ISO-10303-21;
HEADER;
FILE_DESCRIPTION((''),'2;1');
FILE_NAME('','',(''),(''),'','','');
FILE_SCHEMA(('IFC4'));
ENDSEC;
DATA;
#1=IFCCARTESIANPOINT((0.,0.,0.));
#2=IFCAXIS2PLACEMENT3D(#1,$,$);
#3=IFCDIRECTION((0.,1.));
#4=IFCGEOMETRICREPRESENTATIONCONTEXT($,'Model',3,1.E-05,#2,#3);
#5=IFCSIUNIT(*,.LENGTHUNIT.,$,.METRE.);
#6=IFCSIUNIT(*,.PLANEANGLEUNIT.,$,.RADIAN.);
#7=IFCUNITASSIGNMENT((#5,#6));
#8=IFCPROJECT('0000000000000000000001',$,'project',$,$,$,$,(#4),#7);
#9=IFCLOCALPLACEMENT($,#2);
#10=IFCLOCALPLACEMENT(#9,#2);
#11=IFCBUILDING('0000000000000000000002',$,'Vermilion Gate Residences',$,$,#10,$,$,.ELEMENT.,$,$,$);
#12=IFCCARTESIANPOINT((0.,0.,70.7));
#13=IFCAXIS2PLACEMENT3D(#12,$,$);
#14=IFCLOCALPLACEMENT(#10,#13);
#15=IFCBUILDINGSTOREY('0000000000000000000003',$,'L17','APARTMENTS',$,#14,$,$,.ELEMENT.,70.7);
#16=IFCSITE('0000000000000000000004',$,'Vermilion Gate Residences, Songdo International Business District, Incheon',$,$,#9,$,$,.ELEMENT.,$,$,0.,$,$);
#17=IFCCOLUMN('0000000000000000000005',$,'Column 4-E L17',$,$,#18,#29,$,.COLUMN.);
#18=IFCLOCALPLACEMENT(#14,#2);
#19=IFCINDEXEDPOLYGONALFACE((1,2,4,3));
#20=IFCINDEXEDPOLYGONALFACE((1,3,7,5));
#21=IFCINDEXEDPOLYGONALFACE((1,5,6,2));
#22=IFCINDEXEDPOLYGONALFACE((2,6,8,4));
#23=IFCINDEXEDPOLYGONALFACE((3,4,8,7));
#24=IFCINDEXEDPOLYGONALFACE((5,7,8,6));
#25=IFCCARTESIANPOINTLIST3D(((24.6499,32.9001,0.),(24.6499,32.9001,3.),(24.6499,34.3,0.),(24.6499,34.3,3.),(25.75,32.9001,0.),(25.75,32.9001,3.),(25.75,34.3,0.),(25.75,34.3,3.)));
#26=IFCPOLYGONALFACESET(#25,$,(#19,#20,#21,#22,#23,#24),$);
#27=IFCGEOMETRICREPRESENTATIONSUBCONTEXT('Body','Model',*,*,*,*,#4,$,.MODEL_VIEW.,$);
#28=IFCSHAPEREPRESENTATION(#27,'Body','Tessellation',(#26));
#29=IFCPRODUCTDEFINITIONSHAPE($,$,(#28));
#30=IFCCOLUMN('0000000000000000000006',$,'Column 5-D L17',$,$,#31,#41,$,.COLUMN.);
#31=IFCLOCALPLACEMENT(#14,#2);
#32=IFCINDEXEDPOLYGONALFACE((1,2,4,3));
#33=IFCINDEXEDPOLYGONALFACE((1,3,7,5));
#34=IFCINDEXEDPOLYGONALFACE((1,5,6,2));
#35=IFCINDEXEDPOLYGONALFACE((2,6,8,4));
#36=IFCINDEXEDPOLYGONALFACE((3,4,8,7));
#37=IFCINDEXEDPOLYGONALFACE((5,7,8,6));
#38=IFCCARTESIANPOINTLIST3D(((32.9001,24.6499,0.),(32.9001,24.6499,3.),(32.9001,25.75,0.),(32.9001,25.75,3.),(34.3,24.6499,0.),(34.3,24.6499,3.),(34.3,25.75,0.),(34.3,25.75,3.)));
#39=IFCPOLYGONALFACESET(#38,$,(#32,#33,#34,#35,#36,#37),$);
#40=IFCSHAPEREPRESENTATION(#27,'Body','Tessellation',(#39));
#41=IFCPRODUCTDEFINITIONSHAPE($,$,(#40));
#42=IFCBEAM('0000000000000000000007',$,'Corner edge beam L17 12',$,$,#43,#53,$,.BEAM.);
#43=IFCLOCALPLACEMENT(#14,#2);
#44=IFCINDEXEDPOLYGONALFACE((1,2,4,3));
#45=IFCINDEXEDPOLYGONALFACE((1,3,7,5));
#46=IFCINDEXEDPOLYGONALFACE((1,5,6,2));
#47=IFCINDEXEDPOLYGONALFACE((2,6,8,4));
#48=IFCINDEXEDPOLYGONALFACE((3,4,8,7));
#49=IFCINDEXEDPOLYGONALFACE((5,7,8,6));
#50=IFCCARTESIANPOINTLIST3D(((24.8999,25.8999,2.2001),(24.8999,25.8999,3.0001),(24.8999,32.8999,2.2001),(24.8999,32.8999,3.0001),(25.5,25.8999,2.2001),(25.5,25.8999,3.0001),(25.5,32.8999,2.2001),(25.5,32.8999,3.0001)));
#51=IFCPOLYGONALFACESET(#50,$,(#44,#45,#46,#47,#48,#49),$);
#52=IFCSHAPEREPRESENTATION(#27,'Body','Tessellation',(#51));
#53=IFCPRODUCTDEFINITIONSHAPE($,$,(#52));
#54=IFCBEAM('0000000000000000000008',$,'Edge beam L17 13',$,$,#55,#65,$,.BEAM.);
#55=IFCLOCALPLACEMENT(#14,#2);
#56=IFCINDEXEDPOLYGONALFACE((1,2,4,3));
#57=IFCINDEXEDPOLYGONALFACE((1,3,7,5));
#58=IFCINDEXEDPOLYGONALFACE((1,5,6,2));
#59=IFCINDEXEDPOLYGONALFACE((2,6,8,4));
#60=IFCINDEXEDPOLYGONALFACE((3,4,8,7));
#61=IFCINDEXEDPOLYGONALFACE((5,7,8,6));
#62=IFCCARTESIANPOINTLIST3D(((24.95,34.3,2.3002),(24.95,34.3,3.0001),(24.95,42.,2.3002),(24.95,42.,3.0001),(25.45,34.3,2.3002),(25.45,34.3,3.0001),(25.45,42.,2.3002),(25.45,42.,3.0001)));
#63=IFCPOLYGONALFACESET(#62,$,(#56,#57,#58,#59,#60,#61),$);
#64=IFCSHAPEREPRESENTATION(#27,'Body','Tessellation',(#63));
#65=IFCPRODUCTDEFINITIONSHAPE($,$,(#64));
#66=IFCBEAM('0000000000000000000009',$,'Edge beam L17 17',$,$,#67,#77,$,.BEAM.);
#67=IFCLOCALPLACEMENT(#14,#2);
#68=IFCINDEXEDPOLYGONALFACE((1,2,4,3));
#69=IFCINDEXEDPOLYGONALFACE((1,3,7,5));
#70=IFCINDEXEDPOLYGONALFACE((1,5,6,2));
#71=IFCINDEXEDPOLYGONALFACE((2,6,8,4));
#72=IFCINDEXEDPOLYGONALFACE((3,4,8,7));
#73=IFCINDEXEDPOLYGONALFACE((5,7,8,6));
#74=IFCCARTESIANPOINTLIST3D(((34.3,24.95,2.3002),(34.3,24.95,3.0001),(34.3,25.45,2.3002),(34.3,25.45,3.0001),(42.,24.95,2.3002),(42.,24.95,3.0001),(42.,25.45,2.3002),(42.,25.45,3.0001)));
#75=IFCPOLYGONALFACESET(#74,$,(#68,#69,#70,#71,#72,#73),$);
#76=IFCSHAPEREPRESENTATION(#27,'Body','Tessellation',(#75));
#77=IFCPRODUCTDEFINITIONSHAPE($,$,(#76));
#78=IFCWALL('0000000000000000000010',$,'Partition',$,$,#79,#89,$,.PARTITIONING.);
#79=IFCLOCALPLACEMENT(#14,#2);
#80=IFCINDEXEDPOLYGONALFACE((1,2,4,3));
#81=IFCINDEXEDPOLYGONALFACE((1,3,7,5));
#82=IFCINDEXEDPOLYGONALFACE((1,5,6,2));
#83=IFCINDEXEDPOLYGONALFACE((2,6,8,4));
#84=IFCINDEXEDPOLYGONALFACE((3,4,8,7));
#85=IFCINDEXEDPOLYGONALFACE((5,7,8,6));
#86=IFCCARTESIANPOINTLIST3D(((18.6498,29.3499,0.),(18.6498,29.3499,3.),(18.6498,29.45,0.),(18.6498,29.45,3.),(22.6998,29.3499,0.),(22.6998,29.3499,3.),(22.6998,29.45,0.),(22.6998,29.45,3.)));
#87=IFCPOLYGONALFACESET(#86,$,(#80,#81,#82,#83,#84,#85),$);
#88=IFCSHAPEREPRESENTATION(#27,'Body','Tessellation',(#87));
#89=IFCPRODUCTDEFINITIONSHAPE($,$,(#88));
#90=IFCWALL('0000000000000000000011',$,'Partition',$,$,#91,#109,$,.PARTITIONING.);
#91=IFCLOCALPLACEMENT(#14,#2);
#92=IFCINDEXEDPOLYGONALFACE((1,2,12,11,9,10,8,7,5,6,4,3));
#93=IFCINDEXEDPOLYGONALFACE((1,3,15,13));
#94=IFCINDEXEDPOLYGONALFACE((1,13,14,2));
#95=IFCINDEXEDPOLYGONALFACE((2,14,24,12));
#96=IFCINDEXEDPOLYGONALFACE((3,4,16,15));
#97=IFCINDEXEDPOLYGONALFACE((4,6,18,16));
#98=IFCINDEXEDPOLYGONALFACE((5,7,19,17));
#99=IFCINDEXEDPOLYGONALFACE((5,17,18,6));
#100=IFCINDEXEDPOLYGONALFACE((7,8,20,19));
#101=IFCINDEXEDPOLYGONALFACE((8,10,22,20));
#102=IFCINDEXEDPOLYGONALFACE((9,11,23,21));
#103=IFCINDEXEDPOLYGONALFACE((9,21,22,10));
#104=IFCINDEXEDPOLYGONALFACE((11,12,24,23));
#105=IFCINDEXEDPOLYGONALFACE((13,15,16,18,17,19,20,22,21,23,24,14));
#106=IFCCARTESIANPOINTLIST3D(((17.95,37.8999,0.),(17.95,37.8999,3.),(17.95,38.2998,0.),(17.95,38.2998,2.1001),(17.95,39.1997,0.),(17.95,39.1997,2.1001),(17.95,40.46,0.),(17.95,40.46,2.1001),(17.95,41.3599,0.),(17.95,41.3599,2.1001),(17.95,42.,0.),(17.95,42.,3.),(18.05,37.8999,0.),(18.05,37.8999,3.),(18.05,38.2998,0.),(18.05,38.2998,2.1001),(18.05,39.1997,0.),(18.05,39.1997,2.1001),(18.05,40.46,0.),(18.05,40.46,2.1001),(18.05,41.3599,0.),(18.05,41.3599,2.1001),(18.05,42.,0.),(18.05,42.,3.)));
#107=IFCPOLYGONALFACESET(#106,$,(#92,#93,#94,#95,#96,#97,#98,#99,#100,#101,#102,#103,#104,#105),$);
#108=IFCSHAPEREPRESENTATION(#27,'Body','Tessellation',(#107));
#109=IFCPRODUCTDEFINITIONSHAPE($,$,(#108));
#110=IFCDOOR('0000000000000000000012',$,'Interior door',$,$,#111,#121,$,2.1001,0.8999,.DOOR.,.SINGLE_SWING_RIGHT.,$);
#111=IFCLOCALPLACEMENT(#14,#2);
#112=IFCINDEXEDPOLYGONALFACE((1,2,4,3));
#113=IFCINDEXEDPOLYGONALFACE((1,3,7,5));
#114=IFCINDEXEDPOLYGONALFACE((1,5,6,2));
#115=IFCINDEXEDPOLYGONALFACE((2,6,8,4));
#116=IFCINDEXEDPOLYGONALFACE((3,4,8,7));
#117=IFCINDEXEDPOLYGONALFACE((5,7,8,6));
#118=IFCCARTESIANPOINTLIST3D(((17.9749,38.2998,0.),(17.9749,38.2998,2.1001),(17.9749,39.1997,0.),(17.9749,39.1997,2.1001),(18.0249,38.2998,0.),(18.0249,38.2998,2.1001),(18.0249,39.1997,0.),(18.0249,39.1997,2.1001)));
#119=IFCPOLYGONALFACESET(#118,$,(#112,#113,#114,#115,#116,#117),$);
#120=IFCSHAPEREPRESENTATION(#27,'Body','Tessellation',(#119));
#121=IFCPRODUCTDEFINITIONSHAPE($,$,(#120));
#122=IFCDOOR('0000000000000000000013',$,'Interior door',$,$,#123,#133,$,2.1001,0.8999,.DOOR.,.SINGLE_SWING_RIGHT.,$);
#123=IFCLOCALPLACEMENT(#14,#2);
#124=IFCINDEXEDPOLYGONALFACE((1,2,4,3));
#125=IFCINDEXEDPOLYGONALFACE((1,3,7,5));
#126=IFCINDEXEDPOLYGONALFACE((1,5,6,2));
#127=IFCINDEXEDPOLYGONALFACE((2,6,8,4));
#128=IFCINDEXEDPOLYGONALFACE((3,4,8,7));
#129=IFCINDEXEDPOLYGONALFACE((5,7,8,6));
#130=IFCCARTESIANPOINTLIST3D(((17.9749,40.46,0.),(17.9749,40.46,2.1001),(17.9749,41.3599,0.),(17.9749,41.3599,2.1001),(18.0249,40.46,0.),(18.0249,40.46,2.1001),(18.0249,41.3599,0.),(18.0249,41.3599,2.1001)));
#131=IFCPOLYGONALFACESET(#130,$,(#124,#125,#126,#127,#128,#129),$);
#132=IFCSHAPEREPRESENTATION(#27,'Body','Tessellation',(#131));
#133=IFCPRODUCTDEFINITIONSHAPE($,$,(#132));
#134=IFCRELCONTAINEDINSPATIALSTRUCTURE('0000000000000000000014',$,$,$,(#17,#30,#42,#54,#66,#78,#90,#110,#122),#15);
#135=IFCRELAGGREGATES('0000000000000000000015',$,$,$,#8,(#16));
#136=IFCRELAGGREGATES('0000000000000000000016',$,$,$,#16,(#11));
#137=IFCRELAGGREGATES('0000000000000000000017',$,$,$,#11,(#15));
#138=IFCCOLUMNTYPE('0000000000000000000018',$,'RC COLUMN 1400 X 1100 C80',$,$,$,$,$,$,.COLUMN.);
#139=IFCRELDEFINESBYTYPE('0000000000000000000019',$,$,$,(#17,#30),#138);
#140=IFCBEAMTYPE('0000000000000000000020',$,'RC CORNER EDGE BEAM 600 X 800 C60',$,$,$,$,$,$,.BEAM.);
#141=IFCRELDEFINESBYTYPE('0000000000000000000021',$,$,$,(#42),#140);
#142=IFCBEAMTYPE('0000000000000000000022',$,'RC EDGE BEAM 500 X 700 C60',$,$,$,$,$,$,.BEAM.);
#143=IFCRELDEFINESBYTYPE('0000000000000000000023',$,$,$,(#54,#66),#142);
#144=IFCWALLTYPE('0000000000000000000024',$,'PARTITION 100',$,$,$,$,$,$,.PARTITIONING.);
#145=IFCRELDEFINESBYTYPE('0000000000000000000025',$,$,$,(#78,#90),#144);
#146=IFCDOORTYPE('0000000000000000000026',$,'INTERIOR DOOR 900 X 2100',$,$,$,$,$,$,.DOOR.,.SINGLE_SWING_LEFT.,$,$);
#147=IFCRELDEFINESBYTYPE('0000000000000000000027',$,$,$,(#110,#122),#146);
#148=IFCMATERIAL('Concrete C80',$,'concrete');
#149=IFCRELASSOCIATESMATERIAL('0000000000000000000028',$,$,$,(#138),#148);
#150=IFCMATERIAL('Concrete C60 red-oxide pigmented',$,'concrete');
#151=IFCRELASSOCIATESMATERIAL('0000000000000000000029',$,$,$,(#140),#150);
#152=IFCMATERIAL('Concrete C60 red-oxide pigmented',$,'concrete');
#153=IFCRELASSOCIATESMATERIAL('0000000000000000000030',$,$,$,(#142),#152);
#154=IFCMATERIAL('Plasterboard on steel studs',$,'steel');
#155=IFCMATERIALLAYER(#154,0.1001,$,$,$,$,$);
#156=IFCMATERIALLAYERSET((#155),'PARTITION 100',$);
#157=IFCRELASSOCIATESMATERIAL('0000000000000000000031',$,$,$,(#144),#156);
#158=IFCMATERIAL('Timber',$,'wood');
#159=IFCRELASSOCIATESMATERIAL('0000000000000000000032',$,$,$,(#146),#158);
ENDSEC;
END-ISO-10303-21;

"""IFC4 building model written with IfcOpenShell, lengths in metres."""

from ifc_helpers import new_model, si_unit, direction, frame, frame_2d, origin, origin_2d, place, context, subcontext, project, spatial, rectangle, extrude, material, layer, layer_set, material_profile, profile_set, type_object, element, fill, save


model = new_model("IFC4")

# Units and contexts
model_context = context("Model", 3, precision=1e-05, world=origin(), true_north=direction((0.0, 1.0)))
body_context = subcontext(model_context, "Body", "Model", "MODEL_VIEW")
ifc_project = project(units=[si_unit("LENGTHUNIT", "METRE"), si_unit("PLANEANGLEUNIT", "RADIAN")], contexts=[model_context])

# Site, building, storey
site_placement = place(None, origin())
site = spatial("IfcSite", under=ifc_project, at=site_placement, Name="Vermilion Gate Residences, Songdo International Business District, Incheon", CompositionType="ELEMENT", RefElevation=0.0)
building_placement = place(site_placement, origin())
building = spatial("IfcBuilding", under=site, at=building_placement, Name="Vermilion Gate Residences", CompositionType="ELEMENT")
storey_placement = place(building_placement, frame((0.0, 0.0, 70.7)))
storey = spatial("IfcBuildingStorey", under=building, at=storey_placement, Name="L17", Description="APARTMENTS", CompositionType="ELEMENT", Elevation=70.7)

# Columns
ifc_material_1 = material(Name="Concrete C80", Category="concrete")
ifc_material_profile_1 = material_profile(ifc_material_1, rectangle(XDim=1.3999, YDim=1.1001, at=origin_2d()), Name="RC-1400x1100")
ifc_profile_set_1 = profile_set([ifc_material_profile_1], Name="Concrete C80")
column_type = type_object("IfcColumnType", Name="RC COLUMN 1400 X 1100 C80", PredefinedType="COLUMN", material=ifc_profile_set_1)
for number, where, z_axis, x_axis, name in (
    (1, (25.2, 33.6001, 0.0), (0.0, 0.0, 1.0), (0.0, 1.0, 0.0), "Column 4-E L17"),
    (2, (33.6001, 25.2, 0.0), (0.0, 0.0, 1.0), (1.0, 0.0, 0.0), "Column 5-D L17"),
):
    element("IfcColumn", number, at=place(storey_placement, frame(where, z_axis=z_axis, x_axis=x_axis)), inside=storey, type_object=column_type, Name=name, PredefinedType="COLUMN", context=body_context, shape_type="SweptSolid", body=[
        extrude(rectangle(XDim=1.3999, YDim=1.1001, at=origin_2d()), origin(), (0.0, 0.0, 1.0), 3.0),
    ])

# Beams
ifc_material_2 = material(Name="Concrete C60 red-oxide pigmented", Category="concrete")
ifc_material_profile_2 = material_profile(ifc_material_2, rectangle(XDim=0.6001, YDim=0.8, at=origin_2d()), Name="RC-600x800")
ifc_profile_set_2 = profile_set([ifc_material_profile_2], Name="Concrete C60 red-oxide pigmented")
beam_type_1 = type_object("IfcBeamType", Name="RC CORNER EDGE BEAM 600 X 800 C60", PredefinedType="BEAM", material=ifc_profile_set_2)
beam_placement = place(storey_placement, frame((25.2, 25.8999, 2.6001), z_axis=(0.0, 1.0, 0.0), x_axis=(-1.0, 0.0, 0.0)))
element("IfcBeam", 3, at=beam_placement, inside=storey, type_object=beam_type_1, Name="Corner edge beam L17 12", PredefinedType="BEAM", context=body_context, shape_type="SweptSolid", body=[
    extrude(rectangle(XDim=0.6001, YDim=0.8, at=origin_2d()), origin(), (0.0, 0.0, 1.0), 7.0),
])
ifc_material_3 = material(Name="Concrete C60 red-oxide pigmented", Category="concrete")
ifc_material_profile_3 = material_profile(ifc_material_3, rectangle(XDim=0.5, YDim=0.7, at=origin_2d()), Name="RC-500x700")
ifc_profile_set_3 = profile_set([ifc_material_profile_3], Name="Concrete C60 red-oxide pigmented")
beam_type_2 = type_object("IfcBeamType", Name="RC EDGE BEAM 500 X 700 C60", PredefinedType="BEAM", material=ifc_profile_set_3)
for number, where, z_axis, x_axis, name in (
    (4, (25.2, 34.3, 2.6501), (0.0, 1.0, 0.0), (-1.0, 0.0, 0.0), "Edge beam L17 13"),
    (5, (34.3, 25.2, 2.6501), (1.0, 0.0, 0.0), (0.0, 1.0, 0.0), "Edge beam L17 17"),
):
    element("IfcBeam", number, at=place(storey_placement, frame(where, z_axis=z_axis, x_axis=x_axis)), inside=storey, type_object=beam_type_2, Name=name, PredefinedType="BEAM", context=body_context, shape_type="SweptSolid", body=[
        extrude(rectangle(XDim=0.5, YDim=0.7, at=origin_2d()), origin(), (0.0, 0.0, 1.0), 7.7),
    ])

# Wall
ifc_material_4 = material(Name="Plasterboard on steel studs", Category="steel")
ifc_layer = layer(ifc_material_4, 0.1001)
ifc_layer_set = layer_set([ifc_layer], Name="PARTITION 100")
wall_type = type_object("IfcWallType", Name="PARTITION 100", PredefinedType="PARTITIONING", material=ifc_layer_set)
wall_1_placement = place(storey_placement, frame((18.6499, 29.3999, 0.0), z_axis=(0.0, 0.0, 1.0), x_axis=(1.0, 0.0, 0.0)))
element("IfcWall", 6, at=wall_1_placement, inside=storey, type_object=wall_type, Name="Partition", PredefinedType="PARTITIONING", context=body_context, shape_type="SweptSolid", body=[
    extrude(rectangle(XDim=4.05, YDim=0.1001, at=frame_2d((2.0249, 0.0))), origin(), (0.0, 0.0, 1.0), 3.0),
])

# Wall, openings, doors
wall_2_placement = place(storey_placement, frame((18.0, 37.8999, 0.0), z_axis=(0.0, 0.0, 1.0), x_axis=(0.0, 1.0, 0.0)))
wall_2 = element("IfcWall", 7, at=wall_2_placement, inside=storey, type_object=wall_type, Name="Partition", PredefinedType="PARTITIONING", context=body_context, shape_type="SweptSolid", body=[
    extrude(rectangle(XDim=4.1001, YDim=0.1001, at=frame_2d((2.05, 0.0))), origin(), (0.0, 0.0, 1.0), 3.0),
])
opening_1_placement = place(wall_2_placement, frame((0.3999, 0.0, 0.0)))
opening_1 = element("IfcOpeningElement", 8, at=opening_1_placement, cuts=wall_2, PredefinedType="OPENING", context=body_context, shape_type="SweptSolid", body=[
    extrude(rectangle(XDim=0.8999, YDim=2.1001, at=frame_2d((0.45, 1.05))), frame((0.0, 0.0601, 0.0), z_axis=(0.0, -1.0, 0.0), x_axis=(1.0, 0.0, 0.0)), (0.0, 0.0, 1.0), 0.1201),
])
opening_2_placement = place(wall_2_placement, frame((2.5601, 0.0, 0.0)))
opening_2 = element("IfcOpeningElement", 9, at=opening_2_placement, cuts=wall_2, PredefinedType="OPENING", context=body_context, shape_type="SweptSolid", body=[
    extrude(rectangle(XDim=0.8999, YDim=2.1001, at=frame_2d((0.45, 1.05))), frame((0.0, 0.0601, 0.0), z_axis=(0.0, -1.0, 0.0), x_axis=(1.0, 0.0, 0.0)), (0.0, 0.0, 1.0), 0.1201),
])
ifc_material_5 = material(Name="Timber", Category="wood")
door_type = type_object("IfcDoorType", Name="INTERIOR DOOR 900 X 2100", OperationType="SINGLE_SWING_LEFT", PredefinedType="DOOR", material=ifc_material_5)
door_1_placement = place(opening_1_placement, frame((0.8999, 0.0, 0.0), z_axis=(0.0, 0.0, 1.0), x_axis=(-1.0, 0.0, 0.0)))
door_1 = element("IfcDoor", 10, at=door_1_placement, inside=storey, type_object=door_type, Name="Interior door", OperationType="SINGLE_SWING_RIGHT", OverallHeight=2.1001, OverallWidth=0.8999, PredefinedType="DOOR", context=body_context, shape_type="SweptSolid", body=[
    extrude(rectangle(XDim=0.8999, YDim=2.1001, at=frame_2d((0.45, 1.05))), frame((0.0, 0.0249, 0.0), z_axis=(0.0, -1.0, 0.0), x_axis=(1.0, 0.0, 0.0)), (0.0, 0.0, 1.0), 0.05),
])
fill(opening_1, door_1)
door_2_placement = place(opening_2_placement, frame((0.8999, 0.0, 0.0), z_axis=(0.0, 0.0, 1.0), x_axis=(-1.0, 0.0, 0.0)))
door_2 = element("IfcDoor", 11, at=door_2_placement, inside=storey, type_object=door_type, Name="Interior door", OperationType="SINGLE_SWING_RIGHT", OverallHeight=2.1001, OverallWidth=0.8999, PredefinedType="DOOR", context=body_context, shape_type="SweptSolid", body=[
    extrude(rectangle(XDim=0.8999, YDim=2.1001, at=frame_2d((0.45, 1.05))), frame((0.0, 0.0249, 0.0), z_axis=(0.0, -1.0, 0.0), x_axis=(1.0, 0.0, 0.0)), (0.0, 0.0, 1.0), 0.05),
])
fill(opening_2, door_2)

save(model, "model.ifc")
